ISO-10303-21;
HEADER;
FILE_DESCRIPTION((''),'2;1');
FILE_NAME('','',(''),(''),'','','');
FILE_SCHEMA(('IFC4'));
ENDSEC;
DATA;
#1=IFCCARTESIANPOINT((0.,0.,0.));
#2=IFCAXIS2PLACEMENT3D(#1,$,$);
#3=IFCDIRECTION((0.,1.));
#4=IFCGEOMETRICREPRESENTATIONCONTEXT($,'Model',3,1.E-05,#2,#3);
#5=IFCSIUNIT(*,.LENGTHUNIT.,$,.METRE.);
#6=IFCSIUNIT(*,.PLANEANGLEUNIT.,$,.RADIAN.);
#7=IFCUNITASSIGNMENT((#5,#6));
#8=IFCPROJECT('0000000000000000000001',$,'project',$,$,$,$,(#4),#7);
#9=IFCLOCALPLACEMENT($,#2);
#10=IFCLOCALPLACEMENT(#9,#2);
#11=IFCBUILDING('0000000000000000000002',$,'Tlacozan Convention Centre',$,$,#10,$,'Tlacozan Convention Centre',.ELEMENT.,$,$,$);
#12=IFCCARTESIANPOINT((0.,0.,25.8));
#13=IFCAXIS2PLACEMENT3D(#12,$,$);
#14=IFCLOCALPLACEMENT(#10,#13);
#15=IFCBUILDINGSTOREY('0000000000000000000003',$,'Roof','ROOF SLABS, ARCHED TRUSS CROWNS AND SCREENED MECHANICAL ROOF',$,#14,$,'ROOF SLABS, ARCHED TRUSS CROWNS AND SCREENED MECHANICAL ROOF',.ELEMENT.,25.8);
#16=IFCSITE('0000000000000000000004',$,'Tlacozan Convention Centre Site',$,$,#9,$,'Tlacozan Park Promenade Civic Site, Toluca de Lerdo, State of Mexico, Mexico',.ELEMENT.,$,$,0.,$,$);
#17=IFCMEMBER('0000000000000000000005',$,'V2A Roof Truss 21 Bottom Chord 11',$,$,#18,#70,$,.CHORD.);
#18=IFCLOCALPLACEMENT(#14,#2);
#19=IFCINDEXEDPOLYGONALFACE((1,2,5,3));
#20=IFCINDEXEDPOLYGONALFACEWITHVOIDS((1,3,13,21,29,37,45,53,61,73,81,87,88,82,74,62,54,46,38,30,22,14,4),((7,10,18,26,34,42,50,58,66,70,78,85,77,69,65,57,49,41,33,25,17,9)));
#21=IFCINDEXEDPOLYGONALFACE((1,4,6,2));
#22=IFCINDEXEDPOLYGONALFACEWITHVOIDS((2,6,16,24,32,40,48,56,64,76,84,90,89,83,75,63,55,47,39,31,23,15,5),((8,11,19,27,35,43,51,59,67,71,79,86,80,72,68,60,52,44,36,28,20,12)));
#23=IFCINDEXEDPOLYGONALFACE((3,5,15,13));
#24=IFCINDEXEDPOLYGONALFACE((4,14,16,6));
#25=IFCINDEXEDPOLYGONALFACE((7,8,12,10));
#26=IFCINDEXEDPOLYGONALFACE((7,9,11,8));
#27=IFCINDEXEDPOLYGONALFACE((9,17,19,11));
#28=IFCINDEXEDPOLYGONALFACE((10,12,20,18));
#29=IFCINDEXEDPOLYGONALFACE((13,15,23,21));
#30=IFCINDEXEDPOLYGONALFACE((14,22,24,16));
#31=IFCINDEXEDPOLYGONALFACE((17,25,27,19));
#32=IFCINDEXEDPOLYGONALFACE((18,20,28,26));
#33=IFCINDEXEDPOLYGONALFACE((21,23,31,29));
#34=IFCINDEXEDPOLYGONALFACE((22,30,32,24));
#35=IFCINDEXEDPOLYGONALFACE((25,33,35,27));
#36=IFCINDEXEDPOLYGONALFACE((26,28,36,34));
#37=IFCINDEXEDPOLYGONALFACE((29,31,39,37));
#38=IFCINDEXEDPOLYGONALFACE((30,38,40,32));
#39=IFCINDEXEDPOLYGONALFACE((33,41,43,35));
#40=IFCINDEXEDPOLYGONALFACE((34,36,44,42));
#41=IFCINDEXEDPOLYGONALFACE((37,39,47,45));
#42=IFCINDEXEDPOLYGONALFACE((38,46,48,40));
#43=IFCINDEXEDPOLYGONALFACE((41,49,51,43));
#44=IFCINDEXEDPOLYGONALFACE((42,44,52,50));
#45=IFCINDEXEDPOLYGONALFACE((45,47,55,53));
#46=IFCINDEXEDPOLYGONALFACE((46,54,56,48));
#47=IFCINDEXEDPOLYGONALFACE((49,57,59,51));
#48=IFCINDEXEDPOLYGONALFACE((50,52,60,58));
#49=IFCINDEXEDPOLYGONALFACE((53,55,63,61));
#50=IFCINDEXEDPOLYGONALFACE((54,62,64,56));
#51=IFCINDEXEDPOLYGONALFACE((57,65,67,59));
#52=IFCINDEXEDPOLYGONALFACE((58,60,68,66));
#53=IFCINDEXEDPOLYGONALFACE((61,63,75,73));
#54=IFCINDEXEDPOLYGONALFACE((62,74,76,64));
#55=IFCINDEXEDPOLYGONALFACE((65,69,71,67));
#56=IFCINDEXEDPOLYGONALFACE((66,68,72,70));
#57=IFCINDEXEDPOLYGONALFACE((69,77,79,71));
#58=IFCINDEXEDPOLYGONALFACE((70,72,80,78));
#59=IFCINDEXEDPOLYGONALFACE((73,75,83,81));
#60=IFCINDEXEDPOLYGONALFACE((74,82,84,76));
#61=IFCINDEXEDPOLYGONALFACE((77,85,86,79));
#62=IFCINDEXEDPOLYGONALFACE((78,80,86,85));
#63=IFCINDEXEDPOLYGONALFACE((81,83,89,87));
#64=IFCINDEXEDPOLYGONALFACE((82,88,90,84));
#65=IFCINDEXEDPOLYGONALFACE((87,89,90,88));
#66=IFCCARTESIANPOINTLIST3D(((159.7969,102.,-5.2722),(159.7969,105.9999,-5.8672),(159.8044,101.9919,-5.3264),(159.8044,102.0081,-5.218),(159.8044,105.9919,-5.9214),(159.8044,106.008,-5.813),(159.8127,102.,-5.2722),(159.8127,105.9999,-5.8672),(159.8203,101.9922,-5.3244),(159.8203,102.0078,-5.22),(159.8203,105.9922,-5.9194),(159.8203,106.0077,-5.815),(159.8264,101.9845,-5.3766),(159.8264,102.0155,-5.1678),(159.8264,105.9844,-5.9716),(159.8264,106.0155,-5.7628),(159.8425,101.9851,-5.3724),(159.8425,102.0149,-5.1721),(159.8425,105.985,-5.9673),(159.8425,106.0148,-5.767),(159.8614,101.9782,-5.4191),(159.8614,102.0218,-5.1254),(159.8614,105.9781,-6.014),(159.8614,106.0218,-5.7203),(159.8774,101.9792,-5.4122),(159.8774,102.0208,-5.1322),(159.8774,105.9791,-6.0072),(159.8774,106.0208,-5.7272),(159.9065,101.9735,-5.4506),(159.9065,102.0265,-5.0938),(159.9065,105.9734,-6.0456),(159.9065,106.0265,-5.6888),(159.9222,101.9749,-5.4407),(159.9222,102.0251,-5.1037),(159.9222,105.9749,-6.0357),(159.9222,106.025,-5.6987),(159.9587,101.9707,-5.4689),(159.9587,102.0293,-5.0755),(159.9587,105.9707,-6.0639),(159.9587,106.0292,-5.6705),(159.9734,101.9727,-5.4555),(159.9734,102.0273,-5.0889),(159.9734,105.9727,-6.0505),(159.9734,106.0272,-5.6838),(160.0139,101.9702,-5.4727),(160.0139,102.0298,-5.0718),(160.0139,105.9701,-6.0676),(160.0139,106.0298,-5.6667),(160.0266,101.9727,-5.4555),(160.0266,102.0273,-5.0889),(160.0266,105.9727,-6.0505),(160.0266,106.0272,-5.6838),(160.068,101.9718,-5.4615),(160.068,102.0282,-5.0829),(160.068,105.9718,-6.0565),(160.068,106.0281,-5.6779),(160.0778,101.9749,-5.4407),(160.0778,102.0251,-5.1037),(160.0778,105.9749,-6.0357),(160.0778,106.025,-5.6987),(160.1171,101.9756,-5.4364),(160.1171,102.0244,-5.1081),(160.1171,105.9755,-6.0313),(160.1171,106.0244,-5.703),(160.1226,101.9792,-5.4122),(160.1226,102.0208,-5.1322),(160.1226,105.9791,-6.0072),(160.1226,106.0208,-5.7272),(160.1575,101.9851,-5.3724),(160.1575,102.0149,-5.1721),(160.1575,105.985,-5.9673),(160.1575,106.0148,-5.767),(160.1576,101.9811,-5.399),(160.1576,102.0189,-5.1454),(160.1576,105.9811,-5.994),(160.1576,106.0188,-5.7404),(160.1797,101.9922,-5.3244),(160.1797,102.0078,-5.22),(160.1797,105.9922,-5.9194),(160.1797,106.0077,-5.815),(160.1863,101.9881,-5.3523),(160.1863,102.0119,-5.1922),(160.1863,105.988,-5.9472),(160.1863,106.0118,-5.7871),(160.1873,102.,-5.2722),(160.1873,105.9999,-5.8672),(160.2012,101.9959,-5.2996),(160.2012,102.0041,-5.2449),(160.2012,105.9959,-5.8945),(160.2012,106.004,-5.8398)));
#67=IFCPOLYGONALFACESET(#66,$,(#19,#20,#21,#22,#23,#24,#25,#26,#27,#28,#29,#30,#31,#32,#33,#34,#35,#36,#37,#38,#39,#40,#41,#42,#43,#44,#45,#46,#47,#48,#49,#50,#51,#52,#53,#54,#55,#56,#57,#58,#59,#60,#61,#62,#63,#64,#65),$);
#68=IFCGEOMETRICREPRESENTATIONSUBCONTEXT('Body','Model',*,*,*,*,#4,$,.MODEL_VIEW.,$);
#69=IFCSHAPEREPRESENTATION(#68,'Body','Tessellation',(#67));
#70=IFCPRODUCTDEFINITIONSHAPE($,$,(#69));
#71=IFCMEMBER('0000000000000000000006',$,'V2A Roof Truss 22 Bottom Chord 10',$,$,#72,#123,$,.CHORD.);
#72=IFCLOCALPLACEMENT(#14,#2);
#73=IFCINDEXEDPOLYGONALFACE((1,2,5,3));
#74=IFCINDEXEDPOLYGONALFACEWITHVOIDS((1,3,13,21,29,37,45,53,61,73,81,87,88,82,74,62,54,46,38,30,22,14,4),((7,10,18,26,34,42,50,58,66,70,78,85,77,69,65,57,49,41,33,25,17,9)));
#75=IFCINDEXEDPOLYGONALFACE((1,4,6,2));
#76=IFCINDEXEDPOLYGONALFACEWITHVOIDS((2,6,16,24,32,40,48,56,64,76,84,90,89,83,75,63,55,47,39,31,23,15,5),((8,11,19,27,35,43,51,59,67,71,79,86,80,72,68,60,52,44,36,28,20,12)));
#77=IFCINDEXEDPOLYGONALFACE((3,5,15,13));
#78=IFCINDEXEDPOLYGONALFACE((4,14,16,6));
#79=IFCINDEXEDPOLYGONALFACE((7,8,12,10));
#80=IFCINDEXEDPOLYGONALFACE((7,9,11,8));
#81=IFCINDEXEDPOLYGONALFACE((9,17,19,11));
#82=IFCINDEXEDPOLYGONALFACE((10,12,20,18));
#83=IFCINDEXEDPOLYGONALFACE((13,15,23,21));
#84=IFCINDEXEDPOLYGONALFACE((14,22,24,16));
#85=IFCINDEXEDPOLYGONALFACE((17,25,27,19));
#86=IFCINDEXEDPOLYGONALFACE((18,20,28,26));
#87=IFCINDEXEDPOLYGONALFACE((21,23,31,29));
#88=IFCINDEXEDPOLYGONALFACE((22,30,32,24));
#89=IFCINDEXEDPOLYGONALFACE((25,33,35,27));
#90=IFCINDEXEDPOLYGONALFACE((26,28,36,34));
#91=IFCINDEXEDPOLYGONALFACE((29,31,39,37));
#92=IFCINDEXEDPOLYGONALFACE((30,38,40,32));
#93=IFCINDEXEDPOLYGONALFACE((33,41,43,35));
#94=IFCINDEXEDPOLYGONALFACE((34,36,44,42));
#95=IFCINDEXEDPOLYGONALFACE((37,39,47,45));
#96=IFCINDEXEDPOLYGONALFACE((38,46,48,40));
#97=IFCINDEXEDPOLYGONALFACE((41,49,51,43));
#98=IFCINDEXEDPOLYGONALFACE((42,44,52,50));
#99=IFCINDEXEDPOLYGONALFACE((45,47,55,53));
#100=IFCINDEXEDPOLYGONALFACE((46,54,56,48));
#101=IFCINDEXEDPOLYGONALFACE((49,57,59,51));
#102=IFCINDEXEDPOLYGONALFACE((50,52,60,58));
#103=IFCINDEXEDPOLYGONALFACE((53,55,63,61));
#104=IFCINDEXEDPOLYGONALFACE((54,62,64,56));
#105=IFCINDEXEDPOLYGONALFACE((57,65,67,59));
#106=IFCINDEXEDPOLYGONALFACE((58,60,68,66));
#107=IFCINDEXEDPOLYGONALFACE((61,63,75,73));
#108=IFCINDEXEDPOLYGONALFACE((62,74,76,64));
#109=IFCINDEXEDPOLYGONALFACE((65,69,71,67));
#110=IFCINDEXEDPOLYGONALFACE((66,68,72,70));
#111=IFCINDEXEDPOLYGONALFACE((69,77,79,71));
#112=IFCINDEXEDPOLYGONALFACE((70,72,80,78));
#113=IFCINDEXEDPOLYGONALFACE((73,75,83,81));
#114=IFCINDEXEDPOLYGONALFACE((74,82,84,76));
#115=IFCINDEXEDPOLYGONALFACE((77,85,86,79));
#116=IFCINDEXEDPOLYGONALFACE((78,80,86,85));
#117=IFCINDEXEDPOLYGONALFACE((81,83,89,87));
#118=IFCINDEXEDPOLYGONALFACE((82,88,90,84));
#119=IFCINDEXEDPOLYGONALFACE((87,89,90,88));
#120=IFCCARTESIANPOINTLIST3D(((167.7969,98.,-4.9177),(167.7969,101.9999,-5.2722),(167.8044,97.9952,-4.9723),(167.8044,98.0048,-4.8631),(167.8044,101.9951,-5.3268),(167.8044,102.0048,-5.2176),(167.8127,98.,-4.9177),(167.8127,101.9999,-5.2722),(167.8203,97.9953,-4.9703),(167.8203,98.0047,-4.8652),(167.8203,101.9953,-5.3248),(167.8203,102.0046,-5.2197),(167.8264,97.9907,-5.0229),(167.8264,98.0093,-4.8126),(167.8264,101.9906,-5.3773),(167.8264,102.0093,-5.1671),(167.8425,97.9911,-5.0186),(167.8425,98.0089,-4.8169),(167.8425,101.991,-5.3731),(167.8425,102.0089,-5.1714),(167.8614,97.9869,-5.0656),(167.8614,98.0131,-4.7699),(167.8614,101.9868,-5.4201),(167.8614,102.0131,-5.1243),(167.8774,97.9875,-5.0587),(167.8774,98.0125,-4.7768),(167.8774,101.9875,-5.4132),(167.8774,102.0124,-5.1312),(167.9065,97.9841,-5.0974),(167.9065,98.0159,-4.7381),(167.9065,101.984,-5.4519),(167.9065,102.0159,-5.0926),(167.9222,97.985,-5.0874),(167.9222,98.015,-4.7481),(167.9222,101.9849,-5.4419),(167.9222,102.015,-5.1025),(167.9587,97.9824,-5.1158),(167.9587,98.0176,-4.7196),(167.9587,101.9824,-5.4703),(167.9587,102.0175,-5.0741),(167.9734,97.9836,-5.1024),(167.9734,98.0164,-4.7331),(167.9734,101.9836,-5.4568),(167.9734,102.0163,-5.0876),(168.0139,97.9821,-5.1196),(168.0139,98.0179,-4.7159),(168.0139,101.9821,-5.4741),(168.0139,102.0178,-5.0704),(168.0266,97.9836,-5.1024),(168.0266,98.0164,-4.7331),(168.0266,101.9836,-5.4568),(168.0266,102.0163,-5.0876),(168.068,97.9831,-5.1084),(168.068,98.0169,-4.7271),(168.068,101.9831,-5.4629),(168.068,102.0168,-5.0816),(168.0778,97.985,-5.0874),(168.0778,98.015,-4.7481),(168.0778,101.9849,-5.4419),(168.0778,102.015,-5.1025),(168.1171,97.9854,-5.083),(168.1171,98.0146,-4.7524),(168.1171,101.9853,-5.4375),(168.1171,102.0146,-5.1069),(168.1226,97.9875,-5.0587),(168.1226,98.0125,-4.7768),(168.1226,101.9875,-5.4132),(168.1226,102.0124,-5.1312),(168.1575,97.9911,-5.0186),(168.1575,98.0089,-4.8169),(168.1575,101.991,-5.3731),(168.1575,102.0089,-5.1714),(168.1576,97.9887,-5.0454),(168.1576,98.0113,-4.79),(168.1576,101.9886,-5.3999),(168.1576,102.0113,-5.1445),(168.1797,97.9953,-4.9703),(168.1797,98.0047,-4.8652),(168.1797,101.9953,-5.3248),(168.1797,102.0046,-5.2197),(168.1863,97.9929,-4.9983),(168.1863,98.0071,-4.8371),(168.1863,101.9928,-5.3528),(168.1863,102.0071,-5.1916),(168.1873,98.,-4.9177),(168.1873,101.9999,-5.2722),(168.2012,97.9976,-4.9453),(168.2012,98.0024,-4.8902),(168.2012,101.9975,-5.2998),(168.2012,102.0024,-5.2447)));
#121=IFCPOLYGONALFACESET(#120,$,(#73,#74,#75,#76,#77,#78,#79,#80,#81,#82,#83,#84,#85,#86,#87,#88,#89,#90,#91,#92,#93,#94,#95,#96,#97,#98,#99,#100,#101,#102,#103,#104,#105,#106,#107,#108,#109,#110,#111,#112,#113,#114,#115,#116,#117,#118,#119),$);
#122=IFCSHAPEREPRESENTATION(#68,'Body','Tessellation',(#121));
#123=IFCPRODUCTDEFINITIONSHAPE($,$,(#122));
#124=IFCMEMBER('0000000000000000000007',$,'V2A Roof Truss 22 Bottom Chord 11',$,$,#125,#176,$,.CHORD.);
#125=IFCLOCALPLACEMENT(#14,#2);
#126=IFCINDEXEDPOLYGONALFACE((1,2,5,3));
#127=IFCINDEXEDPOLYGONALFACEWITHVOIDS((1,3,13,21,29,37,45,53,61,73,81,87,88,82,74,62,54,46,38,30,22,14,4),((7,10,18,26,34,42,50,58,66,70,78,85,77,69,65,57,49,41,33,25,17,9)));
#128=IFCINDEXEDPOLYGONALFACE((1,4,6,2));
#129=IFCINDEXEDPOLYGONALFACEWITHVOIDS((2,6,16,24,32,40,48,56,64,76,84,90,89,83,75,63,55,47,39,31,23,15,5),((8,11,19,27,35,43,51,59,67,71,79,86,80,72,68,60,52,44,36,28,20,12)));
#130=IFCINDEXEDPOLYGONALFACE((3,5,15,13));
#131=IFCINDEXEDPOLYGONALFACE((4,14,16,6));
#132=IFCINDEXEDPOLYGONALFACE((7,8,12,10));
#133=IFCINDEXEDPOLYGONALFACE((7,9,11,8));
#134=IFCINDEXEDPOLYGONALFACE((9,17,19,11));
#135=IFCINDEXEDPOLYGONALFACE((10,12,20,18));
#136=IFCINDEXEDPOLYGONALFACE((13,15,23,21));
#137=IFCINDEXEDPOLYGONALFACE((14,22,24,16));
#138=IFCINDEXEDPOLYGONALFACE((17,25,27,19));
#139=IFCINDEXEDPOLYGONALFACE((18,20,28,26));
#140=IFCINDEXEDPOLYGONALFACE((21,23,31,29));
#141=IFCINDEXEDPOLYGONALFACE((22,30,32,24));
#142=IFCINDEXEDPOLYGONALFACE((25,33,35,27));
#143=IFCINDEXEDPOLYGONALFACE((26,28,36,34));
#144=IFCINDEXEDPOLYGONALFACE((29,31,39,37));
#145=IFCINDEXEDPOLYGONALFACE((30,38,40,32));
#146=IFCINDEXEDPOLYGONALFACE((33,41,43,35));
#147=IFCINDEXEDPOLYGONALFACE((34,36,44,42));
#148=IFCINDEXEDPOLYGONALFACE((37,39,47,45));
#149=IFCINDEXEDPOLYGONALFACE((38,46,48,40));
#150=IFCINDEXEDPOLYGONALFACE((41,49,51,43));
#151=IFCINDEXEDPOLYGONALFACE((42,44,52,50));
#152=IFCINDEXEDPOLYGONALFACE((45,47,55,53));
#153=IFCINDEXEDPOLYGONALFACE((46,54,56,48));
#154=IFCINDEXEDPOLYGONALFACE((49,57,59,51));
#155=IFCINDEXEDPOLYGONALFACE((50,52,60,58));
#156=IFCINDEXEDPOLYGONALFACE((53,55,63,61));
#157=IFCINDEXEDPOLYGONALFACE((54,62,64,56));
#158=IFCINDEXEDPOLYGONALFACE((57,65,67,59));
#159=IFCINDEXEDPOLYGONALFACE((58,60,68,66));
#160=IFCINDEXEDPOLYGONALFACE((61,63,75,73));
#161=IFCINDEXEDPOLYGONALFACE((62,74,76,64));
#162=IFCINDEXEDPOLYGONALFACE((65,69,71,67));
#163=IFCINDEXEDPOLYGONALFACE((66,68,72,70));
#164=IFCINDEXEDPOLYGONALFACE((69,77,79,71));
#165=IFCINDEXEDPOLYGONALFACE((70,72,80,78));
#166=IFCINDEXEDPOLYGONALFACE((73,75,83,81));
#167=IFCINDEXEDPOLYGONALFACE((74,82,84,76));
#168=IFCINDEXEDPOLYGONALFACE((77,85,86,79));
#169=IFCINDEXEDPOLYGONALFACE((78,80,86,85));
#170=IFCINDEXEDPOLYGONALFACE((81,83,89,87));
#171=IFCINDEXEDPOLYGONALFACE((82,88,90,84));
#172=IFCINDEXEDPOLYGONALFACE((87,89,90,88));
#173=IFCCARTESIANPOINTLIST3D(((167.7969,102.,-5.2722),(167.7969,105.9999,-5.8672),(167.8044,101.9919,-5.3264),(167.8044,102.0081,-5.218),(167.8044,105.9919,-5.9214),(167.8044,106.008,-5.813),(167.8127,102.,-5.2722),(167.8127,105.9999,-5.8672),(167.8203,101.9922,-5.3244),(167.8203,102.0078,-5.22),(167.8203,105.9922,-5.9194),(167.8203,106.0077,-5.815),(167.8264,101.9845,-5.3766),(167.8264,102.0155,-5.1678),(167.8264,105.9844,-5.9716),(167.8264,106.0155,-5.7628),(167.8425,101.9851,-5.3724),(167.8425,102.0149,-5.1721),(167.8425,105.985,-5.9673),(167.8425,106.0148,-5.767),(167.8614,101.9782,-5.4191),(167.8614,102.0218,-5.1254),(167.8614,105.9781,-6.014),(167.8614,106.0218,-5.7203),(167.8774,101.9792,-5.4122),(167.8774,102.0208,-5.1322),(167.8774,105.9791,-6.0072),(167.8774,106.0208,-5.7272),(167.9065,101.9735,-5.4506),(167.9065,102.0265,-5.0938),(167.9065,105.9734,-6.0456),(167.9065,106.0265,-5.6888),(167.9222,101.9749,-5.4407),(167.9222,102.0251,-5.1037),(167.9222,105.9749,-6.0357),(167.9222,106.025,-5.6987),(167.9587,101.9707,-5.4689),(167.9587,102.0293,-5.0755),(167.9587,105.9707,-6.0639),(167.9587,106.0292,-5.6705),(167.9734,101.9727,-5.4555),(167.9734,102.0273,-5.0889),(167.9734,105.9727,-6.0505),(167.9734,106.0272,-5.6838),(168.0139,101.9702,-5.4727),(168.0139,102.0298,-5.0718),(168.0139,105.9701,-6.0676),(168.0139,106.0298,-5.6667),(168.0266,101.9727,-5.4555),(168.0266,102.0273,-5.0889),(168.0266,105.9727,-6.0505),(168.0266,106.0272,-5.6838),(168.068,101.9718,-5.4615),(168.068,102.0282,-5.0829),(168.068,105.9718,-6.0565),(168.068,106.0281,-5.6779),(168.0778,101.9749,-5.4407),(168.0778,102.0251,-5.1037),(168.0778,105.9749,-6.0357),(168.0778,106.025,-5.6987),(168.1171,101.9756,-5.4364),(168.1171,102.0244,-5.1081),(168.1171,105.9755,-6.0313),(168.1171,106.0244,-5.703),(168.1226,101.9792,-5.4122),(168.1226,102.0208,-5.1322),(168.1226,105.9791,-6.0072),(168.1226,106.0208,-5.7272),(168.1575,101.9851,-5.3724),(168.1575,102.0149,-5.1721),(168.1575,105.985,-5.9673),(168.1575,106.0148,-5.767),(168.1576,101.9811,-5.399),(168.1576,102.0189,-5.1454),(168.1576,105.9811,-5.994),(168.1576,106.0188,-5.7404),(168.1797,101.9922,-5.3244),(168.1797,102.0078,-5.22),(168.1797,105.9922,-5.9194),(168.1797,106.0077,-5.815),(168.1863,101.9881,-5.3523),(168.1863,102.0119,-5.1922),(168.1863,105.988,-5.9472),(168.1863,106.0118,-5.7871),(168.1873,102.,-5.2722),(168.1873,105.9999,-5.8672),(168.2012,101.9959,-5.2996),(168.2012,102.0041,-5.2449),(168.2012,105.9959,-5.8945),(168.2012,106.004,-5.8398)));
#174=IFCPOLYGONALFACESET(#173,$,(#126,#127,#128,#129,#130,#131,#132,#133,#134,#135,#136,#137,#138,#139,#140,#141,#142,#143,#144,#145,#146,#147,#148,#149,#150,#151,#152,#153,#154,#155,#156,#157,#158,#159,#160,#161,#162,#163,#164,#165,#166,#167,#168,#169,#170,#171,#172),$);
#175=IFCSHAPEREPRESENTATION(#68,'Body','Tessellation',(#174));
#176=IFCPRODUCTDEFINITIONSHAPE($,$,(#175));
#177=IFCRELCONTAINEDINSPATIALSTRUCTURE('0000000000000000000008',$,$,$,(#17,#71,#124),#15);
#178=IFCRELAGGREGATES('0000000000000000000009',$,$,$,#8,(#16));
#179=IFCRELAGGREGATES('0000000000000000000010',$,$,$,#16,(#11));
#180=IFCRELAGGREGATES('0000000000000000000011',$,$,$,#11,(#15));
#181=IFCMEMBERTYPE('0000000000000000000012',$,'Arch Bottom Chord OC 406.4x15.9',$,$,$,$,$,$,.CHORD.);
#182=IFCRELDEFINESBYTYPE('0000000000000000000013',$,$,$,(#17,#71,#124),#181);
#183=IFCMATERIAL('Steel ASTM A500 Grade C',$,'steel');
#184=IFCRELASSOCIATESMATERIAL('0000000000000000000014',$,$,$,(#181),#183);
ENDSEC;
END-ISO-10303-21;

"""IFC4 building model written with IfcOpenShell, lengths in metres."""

from ifc_helpers import new_model, si_unit, direction, frame, origin, origin_2d, place, context, subcontext, project, spatial, hollow_circle, extrude, material, material_profile, profile_set, type_object, element, save


model = new_model("IFC4")

# Units and contexts
model_context = context("Model", 3, precision=1e-05, world=origin(), true_north=direction((0.0, 1.0)))
body_context = subcontext(model_context, "Body", "Model", "MODEL_VIEW")
ifc_project = project(units=[si_unit("LENGTHUNIT", "METRE"), si_unit("PLANEANGLEUNIT", "RADIAN")], contexts=[model_context])

# Site, building, storey
site_placement = place(None, origin())
site = spatial("IfcSite", under=ifc_project, at=site_placement, Name="Tlacozan Convention Centre Site", LongName="Tlacozan Park Promenade Civic Site, Toluca de Lerdo, State of Mexico, Mexico", CompositionType="ELEMENT", RefElevation=0.0)
building_placement = place(site_placement, origin())
building = spatial("IfcBuilding", under=site, at=building_placement, Name="Tlacozan Convention Centre", LongName="Tlacozan Convention Centre", CompositionType="ELEMENT")
storey_placement = place(building_placement, frame((0.0, 0.0, 25.8)))
storey = spatial("IfcBuildingStorey", under=building, at=storey_placement, Name="Roof", Description="ROOF SLABS, ARCHED TRUSS CROWNS AND SCREENED MECHANICAL ROOF", LongName="ROOF SLABS, ARCHED TRUSS CROWNS AND SCREENED MECHANICAL ROOF", CompositionType="ELEMENT", Elevation=25.8)

# Members
ifc_material_1 = material(Name="Steel ASTM A500 Grade C", Category="steel")
ifc_material_profile_1 = material_profile(ifc_material_1, hollow_circle(Radius=0.2031, WallThickness=0.0159, at=origin_2d()), Name="OC 406.4x15.9")
ifc_profile_set_1 = profile_set([ifc_material_profile_1], Name="Steel ASTM A500 Grade C")
member_type_1 = type_object("IfcMemberType", Name="Arch Bottom Chord OC 406.4x15.9", PredefinedType="CHORD", material=ifc_profile_set_1)
member_1_placement = place(storey_placement, frame((160.0, 102.0, -5.2722), z_axis=(0.0, 0.989118, -0.147124), x_axis=(-1.0, 0.0, 0.0)))
element("IfcMember", 1, at=member_1_placement, inside=storey, type_object=member_type_1, Name="V2A Roof Truss 21 Bottom Chord 11", PredefinedType="CHORD", context=body_context, shape_type="SweptSolid", body=[
    extrude(hollow_circle(Radius=0.2031, WallThickness=0.0159, at=origin_2d()), origin(), (0.0, 0.0, 1.0), 4.0439),
])
member_2_placement = place(storey_placement, frame((168.0, 98.0, -4.9177), z_axis=(0.0, 0.996096, -0.088277), x_axis=(-1.0, 0.0, 0.0)))
element("IfcMember", 2, at=member_2_placement, inside=storey, type_object=member_type_1, Name="V2A Roof Truss 22 Bottom Chord 10", PredefinedType="CHORD", context=body_context, shape_type="SweptSolid", body=[
    extrude(hollow_circle(Radius=0.2031, WallThickness=0.0159, at=origin_2d()), origin(), (0.0, 0.0, 1.0), 4.0156),
])
member_3_placement = place(storey_placement, frame((168.0, 102.0, -5.2722), z_axis=(0.0, 0.989118, -0.147124), x_axis=(-1.0, 0.0, 0.0)))
element("IfcMember", 3, at=member_3_placement, inside=storey, type_object=member_type_1, Name="V2A Roof Truss 22 Bottom Chord 11", PredefinedType="CHORD", context=body_context, shape_type="SweptSolid", body=[
    extrude(hollow_circle(Radius=0.2031, WallThickness=0.0159, at=origin_2d()), origin(), (0.0, 0.0, 1.0), 4.0439),
])

save(model, "model.ifc")
